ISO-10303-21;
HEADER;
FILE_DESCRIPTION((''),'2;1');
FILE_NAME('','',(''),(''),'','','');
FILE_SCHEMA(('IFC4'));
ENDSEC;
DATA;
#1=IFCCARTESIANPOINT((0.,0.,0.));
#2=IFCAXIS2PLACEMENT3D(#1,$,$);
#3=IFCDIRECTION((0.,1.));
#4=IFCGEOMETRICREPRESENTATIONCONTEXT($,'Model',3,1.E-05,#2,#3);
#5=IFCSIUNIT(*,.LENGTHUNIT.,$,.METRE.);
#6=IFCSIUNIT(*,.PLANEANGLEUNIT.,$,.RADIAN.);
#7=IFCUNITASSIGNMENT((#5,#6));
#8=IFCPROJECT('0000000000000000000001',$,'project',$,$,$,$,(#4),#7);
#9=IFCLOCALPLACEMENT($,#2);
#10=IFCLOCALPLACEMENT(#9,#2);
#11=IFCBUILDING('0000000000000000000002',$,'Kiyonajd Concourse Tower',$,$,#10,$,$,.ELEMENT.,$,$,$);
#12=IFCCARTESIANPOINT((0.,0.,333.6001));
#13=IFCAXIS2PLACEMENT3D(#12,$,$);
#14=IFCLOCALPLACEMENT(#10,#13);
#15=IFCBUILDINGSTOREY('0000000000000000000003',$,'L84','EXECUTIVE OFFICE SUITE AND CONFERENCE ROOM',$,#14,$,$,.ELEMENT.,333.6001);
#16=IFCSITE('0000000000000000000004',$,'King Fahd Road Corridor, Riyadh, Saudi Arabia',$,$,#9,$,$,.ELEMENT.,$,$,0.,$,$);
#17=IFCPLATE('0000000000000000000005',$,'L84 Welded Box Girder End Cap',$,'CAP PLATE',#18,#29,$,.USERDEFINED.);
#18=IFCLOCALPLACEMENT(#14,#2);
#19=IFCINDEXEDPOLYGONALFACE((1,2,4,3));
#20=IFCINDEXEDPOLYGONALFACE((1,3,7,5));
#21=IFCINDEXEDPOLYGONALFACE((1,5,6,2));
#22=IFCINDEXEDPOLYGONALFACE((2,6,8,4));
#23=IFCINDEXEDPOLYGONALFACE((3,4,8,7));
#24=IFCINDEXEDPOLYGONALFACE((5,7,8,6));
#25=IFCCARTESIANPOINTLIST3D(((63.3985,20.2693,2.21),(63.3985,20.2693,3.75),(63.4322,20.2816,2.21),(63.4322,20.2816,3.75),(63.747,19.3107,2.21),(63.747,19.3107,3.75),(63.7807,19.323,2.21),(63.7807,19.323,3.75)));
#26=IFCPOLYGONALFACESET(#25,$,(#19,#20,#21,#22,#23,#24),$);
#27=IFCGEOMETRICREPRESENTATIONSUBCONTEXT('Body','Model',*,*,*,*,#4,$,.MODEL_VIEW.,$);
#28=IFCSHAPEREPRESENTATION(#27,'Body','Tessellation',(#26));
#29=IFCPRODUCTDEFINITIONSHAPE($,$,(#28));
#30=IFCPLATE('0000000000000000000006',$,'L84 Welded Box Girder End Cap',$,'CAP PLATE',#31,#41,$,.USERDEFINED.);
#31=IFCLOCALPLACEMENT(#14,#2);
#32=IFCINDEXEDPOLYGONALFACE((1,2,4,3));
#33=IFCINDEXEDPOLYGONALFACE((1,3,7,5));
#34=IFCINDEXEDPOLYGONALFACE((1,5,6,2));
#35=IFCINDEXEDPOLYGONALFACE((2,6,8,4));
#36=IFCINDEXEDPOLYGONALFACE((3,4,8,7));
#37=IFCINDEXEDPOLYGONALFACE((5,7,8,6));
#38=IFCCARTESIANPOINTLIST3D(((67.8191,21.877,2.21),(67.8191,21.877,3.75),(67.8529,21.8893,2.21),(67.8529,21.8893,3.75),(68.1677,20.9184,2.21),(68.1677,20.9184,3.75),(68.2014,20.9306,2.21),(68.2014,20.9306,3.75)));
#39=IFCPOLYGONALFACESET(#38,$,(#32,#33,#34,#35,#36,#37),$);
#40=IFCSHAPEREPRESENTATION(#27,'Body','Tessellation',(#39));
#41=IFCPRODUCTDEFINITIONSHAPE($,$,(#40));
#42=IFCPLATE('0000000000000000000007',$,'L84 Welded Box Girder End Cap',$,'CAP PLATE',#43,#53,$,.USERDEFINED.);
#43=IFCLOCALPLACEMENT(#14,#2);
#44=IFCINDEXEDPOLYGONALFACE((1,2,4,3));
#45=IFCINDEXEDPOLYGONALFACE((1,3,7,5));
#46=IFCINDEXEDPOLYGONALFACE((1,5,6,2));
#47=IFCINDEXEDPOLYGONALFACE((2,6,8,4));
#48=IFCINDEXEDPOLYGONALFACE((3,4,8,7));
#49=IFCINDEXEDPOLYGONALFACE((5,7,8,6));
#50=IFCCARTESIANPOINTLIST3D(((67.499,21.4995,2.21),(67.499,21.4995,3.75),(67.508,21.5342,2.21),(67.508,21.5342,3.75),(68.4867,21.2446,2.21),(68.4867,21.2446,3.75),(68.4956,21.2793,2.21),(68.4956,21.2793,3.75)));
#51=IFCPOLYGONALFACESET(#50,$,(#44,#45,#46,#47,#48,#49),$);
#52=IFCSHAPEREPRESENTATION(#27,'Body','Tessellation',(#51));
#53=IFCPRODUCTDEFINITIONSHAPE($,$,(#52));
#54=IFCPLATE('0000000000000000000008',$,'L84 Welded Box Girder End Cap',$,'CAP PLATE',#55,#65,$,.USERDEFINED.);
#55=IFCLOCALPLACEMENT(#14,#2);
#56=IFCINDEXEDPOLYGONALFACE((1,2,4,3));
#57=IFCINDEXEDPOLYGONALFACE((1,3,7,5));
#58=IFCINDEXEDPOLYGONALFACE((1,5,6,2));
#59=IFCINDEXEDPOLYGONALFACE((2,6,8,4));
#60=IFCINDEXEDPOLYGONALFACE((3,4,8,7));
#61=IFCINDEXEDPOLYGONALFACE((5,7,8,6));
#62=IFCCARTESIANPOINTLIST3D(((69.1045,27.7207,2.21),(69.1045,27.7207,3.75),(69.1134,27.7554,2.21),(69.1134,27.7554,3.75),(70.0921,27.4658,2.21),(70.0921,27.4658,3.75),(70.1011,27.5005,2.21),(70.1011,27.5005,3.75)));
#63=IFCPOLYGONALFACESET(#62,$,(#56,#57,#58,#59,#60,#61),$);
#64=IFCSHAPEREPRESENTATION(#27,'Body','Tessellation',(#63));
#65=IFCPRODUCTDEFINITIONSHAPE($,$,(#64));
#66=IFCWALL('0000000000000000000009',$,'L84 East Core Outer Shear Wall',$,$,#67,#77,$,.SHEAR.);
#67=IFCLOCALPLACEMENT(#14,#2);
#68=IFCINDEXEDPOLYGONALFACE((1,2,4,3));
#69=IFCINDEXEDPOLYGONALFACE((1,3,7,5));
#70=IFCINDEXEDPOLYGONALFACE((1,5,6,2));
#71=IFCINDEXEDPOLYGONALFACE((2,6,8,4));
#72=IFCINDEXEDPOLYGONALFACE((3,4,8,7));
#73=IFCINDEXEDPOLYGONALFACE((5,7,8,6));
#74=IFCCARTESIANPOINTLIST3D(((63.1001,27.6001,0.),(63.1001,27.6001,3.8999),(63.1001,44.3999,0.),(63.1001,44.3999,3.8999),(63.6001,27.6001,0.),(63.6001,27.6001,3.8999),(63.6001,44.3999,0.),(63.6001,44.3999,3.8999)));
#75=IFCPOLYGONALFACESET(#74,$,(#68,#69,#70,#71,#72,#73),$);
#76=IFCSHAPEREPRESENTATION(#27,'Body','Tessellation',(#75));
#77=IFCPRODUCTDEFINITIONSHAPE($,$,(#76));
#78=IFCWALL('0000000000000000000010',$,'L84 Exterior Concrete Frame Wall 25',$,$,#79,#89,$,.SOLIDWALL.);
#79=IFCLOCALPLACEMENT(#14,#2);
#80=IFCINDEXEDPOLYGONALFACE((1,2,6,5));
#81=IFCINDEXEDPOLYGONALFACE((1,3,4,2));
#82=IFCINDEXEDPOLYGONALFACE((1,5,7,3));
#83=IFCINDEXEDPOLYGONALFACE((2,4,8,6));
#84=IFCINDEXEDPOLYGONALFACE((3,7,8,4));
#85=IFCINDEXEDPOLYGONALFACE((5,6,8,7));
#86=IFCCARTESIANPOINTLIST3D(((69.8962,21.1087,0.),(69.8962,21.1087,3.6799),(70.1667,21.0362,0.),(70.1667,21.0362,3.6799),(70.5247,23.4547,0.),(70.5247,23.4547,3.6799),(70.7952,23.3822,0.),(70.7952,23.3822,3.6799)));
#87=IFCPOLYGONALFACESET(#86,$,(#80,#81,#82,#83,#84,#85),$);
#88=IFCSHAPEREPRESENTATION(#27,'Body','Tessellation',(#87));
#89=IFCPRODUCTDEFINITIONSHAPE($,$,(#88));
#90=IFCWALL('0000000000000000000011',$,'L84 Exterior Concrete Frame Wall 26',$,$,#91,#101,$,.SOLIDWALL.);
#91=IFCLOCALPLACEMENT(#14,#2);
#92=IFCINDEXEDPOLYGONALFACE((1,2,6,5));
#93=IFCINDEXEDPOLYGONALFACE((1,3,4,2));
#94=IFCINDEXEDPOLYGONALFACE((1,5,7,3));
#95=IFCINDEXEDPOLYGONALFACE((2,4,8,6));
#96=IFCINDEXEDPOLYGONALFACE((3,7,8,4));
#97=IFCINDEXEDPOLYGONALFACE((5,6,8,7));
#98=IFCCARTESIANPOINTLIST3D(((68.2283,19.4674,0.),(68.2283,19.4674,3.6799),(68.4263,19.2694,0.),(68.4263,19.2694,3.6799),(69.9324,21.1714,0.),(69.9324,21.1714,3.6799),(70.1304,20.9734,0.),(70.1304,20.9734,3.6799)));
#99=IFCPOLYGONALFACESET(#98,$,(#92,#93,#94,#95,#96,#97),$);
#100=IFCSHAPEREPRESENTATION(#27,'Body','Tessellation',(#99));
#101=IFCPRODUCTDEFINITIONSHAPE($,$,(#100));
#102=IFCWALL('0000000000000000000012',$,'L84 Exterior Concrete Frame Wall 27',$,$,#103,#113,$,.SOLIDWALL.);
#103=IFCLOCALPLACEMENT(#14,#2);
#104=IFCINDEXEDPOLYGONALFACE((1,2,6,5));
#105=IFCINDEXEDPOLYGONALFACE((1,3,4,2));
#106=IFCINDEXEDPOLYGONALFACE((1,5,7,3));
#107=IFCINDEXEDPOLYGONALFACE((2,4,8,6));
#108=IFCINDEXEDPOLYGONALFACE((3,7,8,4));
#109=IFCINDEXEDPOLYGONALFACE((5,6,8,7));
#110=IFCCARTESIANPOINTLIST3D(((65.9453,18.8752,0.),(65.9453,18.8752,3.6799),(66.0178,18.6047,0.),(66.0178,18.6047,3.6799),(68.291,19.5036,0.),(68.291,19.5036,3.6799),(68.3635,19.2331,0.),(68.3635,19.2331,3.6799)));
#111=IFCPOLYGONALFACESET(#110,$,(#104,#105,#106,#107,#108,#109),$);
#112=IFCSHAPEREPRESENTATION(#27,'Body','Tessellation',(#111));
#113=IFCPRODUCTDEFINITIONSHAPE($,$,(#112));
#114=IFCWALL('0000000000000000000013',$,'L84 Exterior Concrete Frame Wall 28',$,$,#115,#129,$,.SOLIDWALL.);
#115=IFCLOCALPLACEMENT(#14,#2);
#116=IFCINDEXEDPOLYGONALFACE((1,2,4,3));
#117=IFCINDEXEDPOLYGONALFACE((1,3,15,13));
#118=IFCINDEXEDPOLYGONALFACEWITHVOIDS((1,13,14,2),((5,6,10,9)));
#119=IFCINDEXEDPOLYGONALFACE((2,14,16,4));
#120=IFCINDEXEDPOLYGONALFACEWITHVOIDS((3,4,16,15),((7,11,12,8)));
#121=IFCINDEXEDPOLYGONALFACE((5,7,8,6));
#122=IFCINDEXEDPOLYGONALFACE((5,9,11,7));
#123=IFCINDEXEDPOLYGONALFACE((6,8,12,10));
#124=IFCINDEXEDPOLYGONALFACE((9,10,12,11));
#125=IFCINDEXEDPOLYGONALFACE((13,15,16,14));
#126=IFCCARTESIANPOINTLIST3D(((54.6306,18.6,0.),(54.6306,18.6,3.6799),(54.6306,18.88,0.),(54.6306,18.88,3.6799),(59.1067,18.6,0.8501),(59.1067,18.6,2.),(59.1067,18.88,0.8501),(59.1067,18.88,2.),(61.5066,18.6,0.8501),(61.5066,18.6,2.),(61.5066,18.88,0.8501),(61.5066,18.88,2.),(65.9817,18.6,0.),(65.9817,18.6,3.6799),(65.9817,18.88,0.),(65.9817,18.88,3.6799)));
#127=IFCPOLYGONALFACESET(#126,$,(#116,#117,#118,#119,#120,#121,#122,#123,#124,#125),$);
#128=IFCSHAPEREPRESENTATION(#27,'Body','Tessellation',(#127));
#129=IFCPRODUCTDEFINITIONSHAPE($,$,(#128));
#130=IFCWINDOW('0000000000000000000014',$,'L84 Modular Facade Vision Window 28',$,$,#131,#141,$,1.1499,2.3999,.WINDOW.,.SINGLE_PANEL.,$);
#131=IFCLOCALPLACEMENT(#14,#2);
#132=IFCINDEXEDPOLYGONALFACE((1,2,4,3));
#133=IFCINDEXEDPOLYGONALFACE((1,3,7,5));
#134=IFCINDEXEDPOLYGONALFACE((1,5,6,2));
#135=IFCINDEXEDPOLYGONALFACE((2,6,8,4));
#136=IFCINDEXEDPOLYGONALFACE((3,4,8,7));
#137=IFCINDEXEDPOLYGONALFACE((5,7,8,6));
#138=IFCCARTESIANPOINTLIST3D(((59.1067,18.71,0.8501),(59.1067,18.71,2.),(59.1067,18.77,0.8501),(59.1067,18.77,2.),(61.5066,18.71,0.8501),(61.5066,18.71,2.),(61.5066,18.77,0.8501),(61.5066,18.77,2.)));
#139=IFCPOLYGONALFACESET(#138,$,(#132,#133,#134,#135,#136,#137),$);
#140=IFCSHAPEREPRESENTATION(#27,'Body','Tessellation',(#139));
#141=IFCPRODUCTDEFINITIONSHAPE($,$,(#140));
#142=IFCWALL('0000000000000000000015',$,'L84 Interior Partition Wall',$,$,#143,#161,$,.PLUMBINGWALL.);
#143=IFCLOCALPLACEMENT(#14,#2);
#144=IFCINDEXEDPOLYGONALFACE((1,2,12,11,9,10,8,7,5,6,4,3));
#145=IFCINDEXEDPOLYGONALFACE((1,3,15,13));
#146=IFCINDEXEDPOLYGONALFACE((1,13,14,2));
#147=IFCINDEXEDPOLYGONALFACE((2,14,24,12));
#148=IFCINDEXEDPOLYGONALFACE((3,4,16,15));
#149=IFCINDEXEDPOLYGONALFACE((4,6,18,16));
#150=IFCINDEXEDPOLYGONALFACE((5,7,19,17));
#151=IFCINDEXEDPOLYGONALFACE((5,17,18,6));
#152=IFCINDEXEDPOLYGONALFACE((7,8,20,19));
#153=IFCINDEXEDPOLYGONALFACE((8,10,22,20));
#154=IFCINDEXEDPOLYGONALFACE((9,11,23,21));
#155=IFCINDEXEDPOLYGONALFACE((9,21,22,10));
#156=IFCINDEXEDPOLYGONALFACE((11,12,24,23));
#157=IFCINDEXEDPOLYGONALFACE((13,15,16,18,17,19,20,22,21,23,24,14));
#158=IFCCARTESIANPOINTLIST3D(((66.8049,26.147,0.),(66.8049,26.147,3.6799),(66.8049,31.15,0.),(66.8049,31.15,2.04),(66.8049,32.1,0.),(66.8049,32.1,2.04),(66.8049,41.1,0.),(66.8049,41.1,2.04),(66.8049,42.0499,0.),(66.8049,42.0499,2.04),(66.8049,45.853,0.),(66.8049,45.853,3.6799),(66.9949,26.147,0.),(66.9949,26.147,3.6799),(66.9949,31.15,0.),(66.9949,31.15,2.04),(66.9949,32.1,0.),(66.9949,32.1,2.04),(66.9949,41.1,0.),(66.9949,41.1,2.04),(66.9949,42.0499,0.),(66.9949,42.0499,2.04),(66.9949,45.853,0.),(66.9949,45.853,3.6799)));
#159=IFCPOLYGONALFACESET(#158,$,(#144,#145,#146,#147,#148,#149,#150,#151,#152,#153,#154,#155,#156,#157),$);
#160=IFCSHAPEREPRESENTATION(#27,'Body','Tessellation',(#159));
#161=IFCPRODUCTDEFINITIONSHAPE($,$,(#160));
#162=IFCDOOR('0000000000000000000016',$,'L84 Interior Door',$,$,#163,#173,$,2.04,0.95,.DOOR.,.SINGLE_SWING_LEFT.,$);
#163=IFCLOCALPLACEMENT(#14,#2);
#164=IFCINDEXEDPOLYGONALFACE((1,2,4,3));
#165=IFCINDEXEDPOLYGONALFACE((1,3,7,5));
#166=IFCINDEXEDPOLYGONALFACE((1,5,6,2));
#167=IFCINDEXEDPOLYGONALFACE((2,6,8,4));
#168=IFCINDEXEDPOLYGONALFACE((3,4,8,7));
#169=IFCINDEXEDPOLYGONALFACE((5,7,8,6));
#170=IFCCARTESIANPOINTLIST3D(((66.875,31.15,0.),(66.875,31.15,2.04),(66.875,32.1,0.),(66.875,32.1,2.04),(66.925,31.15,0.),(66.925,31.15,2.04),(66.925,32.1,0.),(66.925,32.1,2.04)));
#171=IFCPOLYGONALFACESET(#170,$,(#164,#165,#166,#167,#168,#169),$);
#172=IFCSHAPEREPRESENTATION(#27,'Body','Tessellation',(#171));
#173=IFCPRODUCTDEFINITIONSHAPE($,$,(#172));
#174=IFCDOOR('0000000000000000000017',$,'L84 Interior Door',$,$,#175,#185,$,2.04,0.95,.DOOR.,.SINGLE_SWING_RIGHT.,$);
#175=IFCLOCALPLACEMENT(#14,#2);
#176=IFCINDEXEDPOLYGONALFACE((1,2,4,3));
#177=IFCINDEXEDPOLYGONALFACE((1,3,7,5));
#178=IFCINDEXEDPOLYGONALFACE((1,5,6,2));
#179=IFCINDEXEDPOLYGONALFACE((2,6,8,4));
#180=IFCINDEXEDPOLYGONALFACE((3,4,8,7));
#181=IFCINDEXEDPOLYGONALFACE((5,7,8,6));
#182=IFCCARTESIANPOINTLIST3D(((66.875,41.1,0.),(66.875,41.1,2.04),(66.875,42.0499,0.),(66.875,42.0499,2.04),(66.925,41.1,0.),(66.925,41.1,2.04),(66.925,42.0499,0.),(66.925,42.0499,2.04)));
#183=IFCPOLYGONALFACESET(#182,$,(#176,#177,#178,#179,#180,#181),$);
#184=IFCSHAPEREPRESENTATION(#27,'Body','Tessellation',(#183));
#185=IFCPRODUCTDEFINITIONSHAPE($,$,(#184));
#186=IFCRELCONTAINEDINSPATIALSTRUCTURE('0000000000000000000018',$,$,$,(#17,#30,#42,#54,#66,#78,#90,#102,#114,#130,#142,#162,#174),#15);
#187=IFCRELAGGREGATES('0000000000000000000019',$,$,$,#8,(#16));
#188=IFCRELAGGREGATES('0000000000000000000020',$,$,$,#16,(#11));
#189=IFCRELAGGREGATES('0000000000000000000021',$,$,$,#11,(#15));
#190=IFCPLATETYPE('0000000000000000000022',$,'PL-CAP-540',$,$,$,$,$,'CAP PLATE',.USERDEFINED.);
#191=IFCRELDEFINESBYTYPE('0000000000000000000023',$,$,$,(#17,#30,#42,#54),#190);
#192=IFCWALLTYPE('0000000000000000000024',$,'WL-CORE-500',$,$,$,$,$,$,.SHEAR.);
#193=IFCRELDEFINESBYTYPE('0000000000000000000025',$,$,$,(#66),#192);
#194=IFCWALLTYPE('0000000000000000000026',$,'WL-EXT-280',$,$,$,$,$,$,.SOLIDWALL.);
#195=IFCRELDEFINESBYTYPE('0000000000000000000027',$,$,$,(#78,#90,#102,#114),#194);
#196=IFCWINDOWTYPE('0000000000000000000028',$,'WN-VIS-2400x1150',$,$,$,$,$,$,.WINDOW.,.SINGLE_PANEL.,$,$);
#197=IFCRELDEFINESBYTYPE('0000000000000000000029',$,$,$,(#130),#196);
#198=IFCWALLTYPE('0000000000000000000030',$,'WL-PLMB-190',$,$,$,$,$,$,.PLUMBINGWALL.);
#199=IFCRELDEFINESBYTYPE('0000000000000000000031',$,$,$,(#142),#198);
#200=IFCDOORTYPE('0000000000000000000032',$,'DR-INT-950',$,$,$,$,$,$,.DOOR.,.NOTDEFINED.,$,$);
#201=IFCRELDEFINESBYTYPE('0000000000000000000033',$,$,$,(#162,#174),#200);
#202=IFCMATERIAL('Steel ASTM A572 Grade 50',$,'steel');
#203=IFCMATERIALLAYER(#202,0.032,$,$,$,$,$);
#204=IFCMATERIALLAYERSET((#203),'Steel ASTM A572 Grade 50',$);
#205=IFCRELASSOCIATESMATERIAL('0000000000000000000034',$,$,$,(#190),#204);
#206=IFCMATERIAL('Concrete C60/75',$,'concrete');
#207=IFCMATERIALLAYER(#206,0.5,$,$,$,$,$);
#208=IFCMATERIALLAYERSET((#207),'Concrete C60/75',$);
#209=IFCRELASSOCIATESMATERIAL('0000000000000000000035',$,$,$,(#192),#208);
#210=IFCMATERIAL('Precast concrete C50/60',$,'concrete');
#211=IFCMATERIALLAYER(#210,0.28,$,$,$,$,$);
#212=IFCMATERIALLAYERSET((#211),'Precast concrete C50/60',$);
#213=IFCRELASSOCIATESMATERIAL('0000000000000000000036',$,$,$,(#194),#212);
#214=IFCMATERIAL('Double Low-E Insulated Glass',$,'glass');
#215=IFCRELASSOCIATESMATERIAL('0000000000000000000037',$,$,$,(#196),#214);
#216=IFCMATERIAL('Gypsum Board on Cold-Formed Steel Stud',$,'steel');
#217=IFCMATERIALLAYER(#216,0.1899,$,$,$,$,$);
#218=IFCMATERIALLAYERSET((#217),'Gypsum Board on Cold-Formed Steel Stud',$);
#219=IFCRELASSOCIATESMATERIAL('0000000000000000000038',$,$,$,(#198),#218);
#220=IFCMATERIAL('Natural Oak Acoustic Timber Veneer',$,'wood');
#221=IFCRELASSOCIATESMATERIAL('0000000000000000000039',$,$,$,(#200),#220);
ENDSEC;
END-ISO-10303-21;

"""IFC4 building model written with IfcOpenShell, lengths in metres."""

from ifc_helpers import new_model, si_unit, direction, frame, frame_2d, origin, origin_2d, place, context, subcontext, project, spatial, rectangle, extrude, material, layer, layer_set, type_object, element, fill, save


model = new_model("IFC4")

# Units and contexts
model_context = context("Model", 3, precision=1e-05, world=origin(), true_north=direction((0.0, 1.0)))
body_context = subcontext(model_context, "Body", "Model", "MODEL_VIEW")
ifc_project = project(units=[si_unit("LENGTHUNIT", "METRE"), si_unit("PLANEANGLEUNIT", "RADIAN")], contexts=[model_context])

# Site, building, storey
site_placement = place(None, origin())
site = spatial("IfcSite", under=ifc_project, at=site_placement, Name="King Fahd Road Corridor, Riyadh, Saudi Arabia", CompositionType="ELEMENT", RefElevation=0.0)
building_placement = place(site_placement, origin())
building = spatial("IfcBuilding", under=site, at=building_placement, Name="Kiyonajd Concourse Tower", CompositionType="ELEMENT")
storey_placement = place(building_placement, frame((0.0, 0.0, 333.6001)))
storey = spatial("IfcBuildingStorey", under=building, at=storey_placement, Name="L84", Description="EXECUTIVE OFFICE SUITE AND CONFERENCE ROOM", CompositionType="ELEMENT", Elevation=333.6001)

# Shared definitions
ifc_material_1 = material(Name="Concrete C60/75", Category="concrete")

# Shared definitions
ifc_material_2 = material(Name="Steel ASTM A572 Grade 50", Category="steel")

# Plates
ifc_layer_1 = layer(ifc_material_2, 0.032)
ifc_layer_set_1 = layer_set([ifc_layer_1], Name="Steel ASTM A572 Grade 50")
plate_type = type_object("IfcPlateType", Name="PL-CAP-540", ElementType="CAP PLATE", PredefinedType="USERDEFINED", material=ifc_layer_set_1)
for number, where, z_axis, x_axis, name in (
    (1, (63.5896, 19.7961, 2.21), (0.0, 0.0, 1.0), (-0.939812, -0.341692, 0.0), "L84 Welded Box Girder End Cap"),
    (2, (68.0103, 21.4038, 2.21), (0.0, 0.0, 1.0), (0.939812, 0.341692, 0.0), "L84 Welded Box Girder End Cap"),
    (3, (67.9973, 21.3894, 2.21), (0.0, 0.0, 1.0), (-0.249873, -0.968279, 0.0), "L84 Welded Box Girder End Cap"),
    (4, (69.6028, 27.6106, 2.21), (0.0, 0.0, 1.0), (0.249873, 0.968279, 0.0), "L84 Welded Box Girder End Cap"),
):
    element("IfcPlate", number, at=place(storey_placement, frame(where, z_axis=z_axis, x_axis=x_axis)), inside=storey, type_object=plate_type, Name=name, ObjectType="CAP PLATE", PredefinedType="USERDEFINED", context=body_context, shape_type="SweptSolid", body=[
        extrude(rectangle(XDim=0.0359, YDim=1.02, at=origin_2d()), origin(), (0.0, 0.0, 1.0), 1.54),
    ])

# Walls
ifc_layer_2 = layer(ifc_material_1, 0.5)
ifc_layer_set_2 = layer_set([ifc_layer_2], Name="Concrete C60/75")
wall_type_1 = type_object("IfcWallType", Name="WL-CORE-500", PredefinedType="SHEAR", material=ifc_layer_set_2)
wall_1_placement = place(storey_placement, frame((63.3501, 27.6001, 0.0), z_axis=(0.0, 0.0, 1.0), x_axis=(0.0, 1.0, 0.0)))
element("IfcWall", 5, at=wall_1_placement, inside=storey, type_object=wall_type_1, Name="L84 East Core Outer Shear Wall", PredefinedType="SHEAR", context=body_context, shape_type="SweptSolid", body=[
    extrude(rectangle(XDim=16.7998, YDim=0.5, at=frame_2d((8.3999, 0.0))), origin(), (0.0, 0.0, 1.0), 3.8999),
])
ifc_material_3 = material(Name="Precast concrete C50/60", Category="concrete")
ifc_layer_3 = layer(ifc_material_3, 0.28)
ifc_layer_set_3 = layer_set([ifc_layer_3], Name="Precast concrete C50/60")
wall_type_2 = type_object("IfcWallType", Name="WL-EXT-280", PredefinedType="SOLIDWALL", material=ifc_layer_set_3)
wall_2_placement = place(storey_placement, frame((70.6599, 23.4185, 0.0), z_axis=(0.0, 0.0, 1.0), x_axis=(-0.258751, -0.965944, 0.0)))
element("IfcWall", 6, at=wall_2_placement, inside=storey, type_object=wall_type_2, Name="L84 Exterior Concrete Frame Wall 25", PredefinedType="SOLIDWALL", context=body_context, shape_type="SweptSolid", body=[
    extrude(rectangle(XDim=2.4287, YDim=0.28, at=frame_2d((1.2144, 0.0))), origin(), (0.0, 0.0, 1.0), 3.6799),
])
wall_3_placement = place(storey_placement, frame((70.0315, 21.0725, 0.0), z_axis=(0.0, 0.0, 1.0), x_axis=(-0.707107, -0.707107, 0.0)))
element("IfcWall", 7, at=wall_3_placement, inside=storey, type_object=wall_type_2, Name="L84 Exterior Concrete Frame Wall 26", PredefinedType="SOLIDWALL", context=body_context, shape_type="SweptSolid", body=[
    extrude(rectangle(XDim=2.4099, YDim=0.28, at=frame_2d((1.2051, 0.0))), origin(), (0.0, 0.0, 1.0), 3.6799),
])
wall_4_placement = place(storey_placement, frame((68.3274, 19.3684, 0.0), z_axis=(0.0, 0.0, 1.0), x_axis=(-0.965937, -0.258776, 0.0)))
element("IfcWall", 8, at=wall_4_placement, inside=storey, type_object=wall_type_2, Name="L84 Exterior Concrete Frame Wall 27", PredefinedType="SOLIDWALL", context=body_context, shape_type="SweptSolid", body=[
    extrude(rectangle(XDim=2.4285, YDim=0.28, at=frame_2d((1.2144, 0.0))), origin(), (0.0, 0.0, 1.0), 3.6799),
])

# Wall, opening, window
wall_5_placement = place(storey_placement, frame((65.9817, 18.74, 0.0), z_axis=(0.0, 0.0, 1.0), x_axis=(-1.0, 0.0, 0.0)))
wall_5 = element("IfcWall", 9, at=wall_5_placement, inside=storey, type_object=wall_type_2, Name="L84 Exterior Concrete Frame Wall 28", PredefinedType="SOLIDWALL", context=body_context, shape_type="SweptSolid", body=[
    extrude(rectangle(XDim=11.3511, YDim=0.28, at=frame_2d((5.6755, 0.0))), origin(), (0.0, 0.0, 1.0), 3.6799),
])
opening_1_placement = place(wall_5_placement, frame((4.4751, 0.0, 0.8501)))
opening_1 = element("IfcOpeningElement", 10, at=opening_1_placement, cuts=wall_5, PredefinedType="OPENING", context=body_context, shape_type="SweptSolid", body=[
    extrude(rectangle(XDim=2.3999, YDim=1.1499, at=frame_2d((1.2, 0.575))), frame((0.0, 0.1499, 0.0), z_axis=(0.0, -1.0, 0.0), x_axis=(1.0, 0.0, 0.0)), (0.0, 0.0, 1.0), 0.3),
])
ifc_material_4 = material(Name="Double Low-E Insulated Glass", Category="glass")
window_type = type_object("IfcWindowType", Name="WN-VIS-2400x1150", PartitioningType="SINGLE_PANEL", PredefinedType="WINDOW", material=ifc_material_4)
window_placement = place(opening_1_placement, origin())
window = element("IfcWindow", 11, at=window_placement, inside=storey, type_object=window_type, Name="L84 Modular Facade Vision Window 28", OverallHeight=1.1499, OverallWidth=2.3999, PartitioningType="SINGLE_PANEL", PredefinedType="WINDOW", context=body_context, shape_type="SweptSolid", body=[
    extrude(rectangle(XDim=2.3999, YDim=1.1499, at=frame_2d((1.2, 0.575))), frame((0.0, 0.03, 0.0), z_axis=(0.0, -1.0, 0.0), x_axis=(1.0, 0.0, 0.0)), (0.0, 0.0, 1.0), 0.0601),
])
fill(opening_1, window)

# Wall, openings, doors
ifc_material_5 = material(Name="Gypsum Board on Cold-Formed Steel Stud", Category="steel")
ifc_layer_4 = layer(ifc_material_5, 0.1899)
ifc_layer_set_4 = layer_set([ifc_layer_4], Name="Gypsum Board on Cold-Formed Steel Stud")
wall_type_3 = type_object("IfcWallType", Name="WL-PLMB-190", PredefinedType="PLUMBINGWALL", material=ifc_layer_set_4)
wall_6_placement = place(storey_placement, frame((66.8999, 26.147, 0.0), z_axis=(0.0, 0.0, 1.0), x_axis=(0.0, 1.0, 0.0)))
wall_6 = element("IfcWall", 12, at=wall_6_placement, inside=storey, type_object=wall_type_3, Name="L84 Interior Partition Wall", PredefinedType="PLUMBINGWALL", context=body_context, shape_type="SweptSolid", body=[
    extrude(rectangle(XDim=19.7061, YDim=0.1899, at=frame_2d((9.853, 0.0))), origin(), (0.0, 0.0, 1.0), 3.6799),
])
opening_2_placement = place(wall_6_placement, frame((5.0029, 0.0, 0.0)))
opening_2 = element("IfcOpeningElement", 13, at=opening_2_placement, cuts=wall_6, PredefinedType="OPENING", context=body_context, shape_type="SweptSolid", body=[
    extrude(rectangle(XDim=0.95, YDim=2.04, at=frame_2d((0.4751, 1.02))), frame((0.0, 0.105, 0.0), z_axis=(0.0, -1.0, 0.0), x_axis=(1.0, 0.0, 0.0)), (0.0, 0.0, 1.0), 0.21),
])
opening_3_placement = place(wall_6_placement, frame((14.9529, 0.0, 0.0)))
opening_3 = element("IfcOpeningElement", 14, at=opening_3_placement, cuts=wall_6, PredefinedType="OPENING", context=body_context, shape_type="SweptSolid", body=[
    extrude(rectangle(XDim=0.95, YDim=2.04, at=frame_2d((0.4751, 1.02))), frame((0.0, 0.105, 0.0), z_axis=(0.0, -1.0, 0.0), x_axis=(1.0, 0.0, 0.0)), (0.0, 0.0, 1.0), 0.21),
])
ifc_material_6 = material(Name="Natural Oak Acoustic Timber Veneer", Category="wood")
door_type_1 = type_object("IfcDoorType", Name="DR-INT-950", OperationType="NOTDEFINED", PredefinedType="DOOR", material=ifc_material_6)
door_1_placement = place(opening_2_placement, origin())
door_1 = element("IfcDoor", 15, at=door_1_placement, inside=storey, type_object=door_type_1, Name="L84 Interior Door", OperationType="SINGLE_SWING_LEFT", OverallHeight=2.04, OverallWidth=0.95, PredefinedType="DOOR", context=body_context, shape_type="SweptSolid", body=[
    extrude(rectangle(XDim=0.95, YDim=2.04, at=frame_2d((0.4751, 1.02))), frame((0.0, 0.0249, 0.0), z_axis=(0.0, -1.0, 0.0), x_axis=(1.0, 0.0, 0.0)), (0.0, 0.0, 1.0), 0.05),
])
fill(opening_2, door_1)
door_2_placement = place(opening_3_placement, origin())
door_2 = element("IfcDoor", 16, at=door_2_placement, inside=storey, type_object=door_type_1, Name="L84 Interior Door", OperationType="SINGLE_SWING_RIGHT", OverallHeight=2.04, OverallWidth=0.95, PredefinedType="DOOR", context=body_context, shape_type="SweptSolid", body=[
    extrude(rectangle(XDim=0.95, YDim=2.04, at=frame_2d((0.4751, 1.02))), frame((0.0, 0.0249, 0.0), z_axis=(0.0, -1.0, 0.0), x_axis=(1.0, 0.0, 0.0)), (0.0, 0.0, 1.0), 0.05),
])
fill(opening_3, door_2)

save(model, "model.ifc")
